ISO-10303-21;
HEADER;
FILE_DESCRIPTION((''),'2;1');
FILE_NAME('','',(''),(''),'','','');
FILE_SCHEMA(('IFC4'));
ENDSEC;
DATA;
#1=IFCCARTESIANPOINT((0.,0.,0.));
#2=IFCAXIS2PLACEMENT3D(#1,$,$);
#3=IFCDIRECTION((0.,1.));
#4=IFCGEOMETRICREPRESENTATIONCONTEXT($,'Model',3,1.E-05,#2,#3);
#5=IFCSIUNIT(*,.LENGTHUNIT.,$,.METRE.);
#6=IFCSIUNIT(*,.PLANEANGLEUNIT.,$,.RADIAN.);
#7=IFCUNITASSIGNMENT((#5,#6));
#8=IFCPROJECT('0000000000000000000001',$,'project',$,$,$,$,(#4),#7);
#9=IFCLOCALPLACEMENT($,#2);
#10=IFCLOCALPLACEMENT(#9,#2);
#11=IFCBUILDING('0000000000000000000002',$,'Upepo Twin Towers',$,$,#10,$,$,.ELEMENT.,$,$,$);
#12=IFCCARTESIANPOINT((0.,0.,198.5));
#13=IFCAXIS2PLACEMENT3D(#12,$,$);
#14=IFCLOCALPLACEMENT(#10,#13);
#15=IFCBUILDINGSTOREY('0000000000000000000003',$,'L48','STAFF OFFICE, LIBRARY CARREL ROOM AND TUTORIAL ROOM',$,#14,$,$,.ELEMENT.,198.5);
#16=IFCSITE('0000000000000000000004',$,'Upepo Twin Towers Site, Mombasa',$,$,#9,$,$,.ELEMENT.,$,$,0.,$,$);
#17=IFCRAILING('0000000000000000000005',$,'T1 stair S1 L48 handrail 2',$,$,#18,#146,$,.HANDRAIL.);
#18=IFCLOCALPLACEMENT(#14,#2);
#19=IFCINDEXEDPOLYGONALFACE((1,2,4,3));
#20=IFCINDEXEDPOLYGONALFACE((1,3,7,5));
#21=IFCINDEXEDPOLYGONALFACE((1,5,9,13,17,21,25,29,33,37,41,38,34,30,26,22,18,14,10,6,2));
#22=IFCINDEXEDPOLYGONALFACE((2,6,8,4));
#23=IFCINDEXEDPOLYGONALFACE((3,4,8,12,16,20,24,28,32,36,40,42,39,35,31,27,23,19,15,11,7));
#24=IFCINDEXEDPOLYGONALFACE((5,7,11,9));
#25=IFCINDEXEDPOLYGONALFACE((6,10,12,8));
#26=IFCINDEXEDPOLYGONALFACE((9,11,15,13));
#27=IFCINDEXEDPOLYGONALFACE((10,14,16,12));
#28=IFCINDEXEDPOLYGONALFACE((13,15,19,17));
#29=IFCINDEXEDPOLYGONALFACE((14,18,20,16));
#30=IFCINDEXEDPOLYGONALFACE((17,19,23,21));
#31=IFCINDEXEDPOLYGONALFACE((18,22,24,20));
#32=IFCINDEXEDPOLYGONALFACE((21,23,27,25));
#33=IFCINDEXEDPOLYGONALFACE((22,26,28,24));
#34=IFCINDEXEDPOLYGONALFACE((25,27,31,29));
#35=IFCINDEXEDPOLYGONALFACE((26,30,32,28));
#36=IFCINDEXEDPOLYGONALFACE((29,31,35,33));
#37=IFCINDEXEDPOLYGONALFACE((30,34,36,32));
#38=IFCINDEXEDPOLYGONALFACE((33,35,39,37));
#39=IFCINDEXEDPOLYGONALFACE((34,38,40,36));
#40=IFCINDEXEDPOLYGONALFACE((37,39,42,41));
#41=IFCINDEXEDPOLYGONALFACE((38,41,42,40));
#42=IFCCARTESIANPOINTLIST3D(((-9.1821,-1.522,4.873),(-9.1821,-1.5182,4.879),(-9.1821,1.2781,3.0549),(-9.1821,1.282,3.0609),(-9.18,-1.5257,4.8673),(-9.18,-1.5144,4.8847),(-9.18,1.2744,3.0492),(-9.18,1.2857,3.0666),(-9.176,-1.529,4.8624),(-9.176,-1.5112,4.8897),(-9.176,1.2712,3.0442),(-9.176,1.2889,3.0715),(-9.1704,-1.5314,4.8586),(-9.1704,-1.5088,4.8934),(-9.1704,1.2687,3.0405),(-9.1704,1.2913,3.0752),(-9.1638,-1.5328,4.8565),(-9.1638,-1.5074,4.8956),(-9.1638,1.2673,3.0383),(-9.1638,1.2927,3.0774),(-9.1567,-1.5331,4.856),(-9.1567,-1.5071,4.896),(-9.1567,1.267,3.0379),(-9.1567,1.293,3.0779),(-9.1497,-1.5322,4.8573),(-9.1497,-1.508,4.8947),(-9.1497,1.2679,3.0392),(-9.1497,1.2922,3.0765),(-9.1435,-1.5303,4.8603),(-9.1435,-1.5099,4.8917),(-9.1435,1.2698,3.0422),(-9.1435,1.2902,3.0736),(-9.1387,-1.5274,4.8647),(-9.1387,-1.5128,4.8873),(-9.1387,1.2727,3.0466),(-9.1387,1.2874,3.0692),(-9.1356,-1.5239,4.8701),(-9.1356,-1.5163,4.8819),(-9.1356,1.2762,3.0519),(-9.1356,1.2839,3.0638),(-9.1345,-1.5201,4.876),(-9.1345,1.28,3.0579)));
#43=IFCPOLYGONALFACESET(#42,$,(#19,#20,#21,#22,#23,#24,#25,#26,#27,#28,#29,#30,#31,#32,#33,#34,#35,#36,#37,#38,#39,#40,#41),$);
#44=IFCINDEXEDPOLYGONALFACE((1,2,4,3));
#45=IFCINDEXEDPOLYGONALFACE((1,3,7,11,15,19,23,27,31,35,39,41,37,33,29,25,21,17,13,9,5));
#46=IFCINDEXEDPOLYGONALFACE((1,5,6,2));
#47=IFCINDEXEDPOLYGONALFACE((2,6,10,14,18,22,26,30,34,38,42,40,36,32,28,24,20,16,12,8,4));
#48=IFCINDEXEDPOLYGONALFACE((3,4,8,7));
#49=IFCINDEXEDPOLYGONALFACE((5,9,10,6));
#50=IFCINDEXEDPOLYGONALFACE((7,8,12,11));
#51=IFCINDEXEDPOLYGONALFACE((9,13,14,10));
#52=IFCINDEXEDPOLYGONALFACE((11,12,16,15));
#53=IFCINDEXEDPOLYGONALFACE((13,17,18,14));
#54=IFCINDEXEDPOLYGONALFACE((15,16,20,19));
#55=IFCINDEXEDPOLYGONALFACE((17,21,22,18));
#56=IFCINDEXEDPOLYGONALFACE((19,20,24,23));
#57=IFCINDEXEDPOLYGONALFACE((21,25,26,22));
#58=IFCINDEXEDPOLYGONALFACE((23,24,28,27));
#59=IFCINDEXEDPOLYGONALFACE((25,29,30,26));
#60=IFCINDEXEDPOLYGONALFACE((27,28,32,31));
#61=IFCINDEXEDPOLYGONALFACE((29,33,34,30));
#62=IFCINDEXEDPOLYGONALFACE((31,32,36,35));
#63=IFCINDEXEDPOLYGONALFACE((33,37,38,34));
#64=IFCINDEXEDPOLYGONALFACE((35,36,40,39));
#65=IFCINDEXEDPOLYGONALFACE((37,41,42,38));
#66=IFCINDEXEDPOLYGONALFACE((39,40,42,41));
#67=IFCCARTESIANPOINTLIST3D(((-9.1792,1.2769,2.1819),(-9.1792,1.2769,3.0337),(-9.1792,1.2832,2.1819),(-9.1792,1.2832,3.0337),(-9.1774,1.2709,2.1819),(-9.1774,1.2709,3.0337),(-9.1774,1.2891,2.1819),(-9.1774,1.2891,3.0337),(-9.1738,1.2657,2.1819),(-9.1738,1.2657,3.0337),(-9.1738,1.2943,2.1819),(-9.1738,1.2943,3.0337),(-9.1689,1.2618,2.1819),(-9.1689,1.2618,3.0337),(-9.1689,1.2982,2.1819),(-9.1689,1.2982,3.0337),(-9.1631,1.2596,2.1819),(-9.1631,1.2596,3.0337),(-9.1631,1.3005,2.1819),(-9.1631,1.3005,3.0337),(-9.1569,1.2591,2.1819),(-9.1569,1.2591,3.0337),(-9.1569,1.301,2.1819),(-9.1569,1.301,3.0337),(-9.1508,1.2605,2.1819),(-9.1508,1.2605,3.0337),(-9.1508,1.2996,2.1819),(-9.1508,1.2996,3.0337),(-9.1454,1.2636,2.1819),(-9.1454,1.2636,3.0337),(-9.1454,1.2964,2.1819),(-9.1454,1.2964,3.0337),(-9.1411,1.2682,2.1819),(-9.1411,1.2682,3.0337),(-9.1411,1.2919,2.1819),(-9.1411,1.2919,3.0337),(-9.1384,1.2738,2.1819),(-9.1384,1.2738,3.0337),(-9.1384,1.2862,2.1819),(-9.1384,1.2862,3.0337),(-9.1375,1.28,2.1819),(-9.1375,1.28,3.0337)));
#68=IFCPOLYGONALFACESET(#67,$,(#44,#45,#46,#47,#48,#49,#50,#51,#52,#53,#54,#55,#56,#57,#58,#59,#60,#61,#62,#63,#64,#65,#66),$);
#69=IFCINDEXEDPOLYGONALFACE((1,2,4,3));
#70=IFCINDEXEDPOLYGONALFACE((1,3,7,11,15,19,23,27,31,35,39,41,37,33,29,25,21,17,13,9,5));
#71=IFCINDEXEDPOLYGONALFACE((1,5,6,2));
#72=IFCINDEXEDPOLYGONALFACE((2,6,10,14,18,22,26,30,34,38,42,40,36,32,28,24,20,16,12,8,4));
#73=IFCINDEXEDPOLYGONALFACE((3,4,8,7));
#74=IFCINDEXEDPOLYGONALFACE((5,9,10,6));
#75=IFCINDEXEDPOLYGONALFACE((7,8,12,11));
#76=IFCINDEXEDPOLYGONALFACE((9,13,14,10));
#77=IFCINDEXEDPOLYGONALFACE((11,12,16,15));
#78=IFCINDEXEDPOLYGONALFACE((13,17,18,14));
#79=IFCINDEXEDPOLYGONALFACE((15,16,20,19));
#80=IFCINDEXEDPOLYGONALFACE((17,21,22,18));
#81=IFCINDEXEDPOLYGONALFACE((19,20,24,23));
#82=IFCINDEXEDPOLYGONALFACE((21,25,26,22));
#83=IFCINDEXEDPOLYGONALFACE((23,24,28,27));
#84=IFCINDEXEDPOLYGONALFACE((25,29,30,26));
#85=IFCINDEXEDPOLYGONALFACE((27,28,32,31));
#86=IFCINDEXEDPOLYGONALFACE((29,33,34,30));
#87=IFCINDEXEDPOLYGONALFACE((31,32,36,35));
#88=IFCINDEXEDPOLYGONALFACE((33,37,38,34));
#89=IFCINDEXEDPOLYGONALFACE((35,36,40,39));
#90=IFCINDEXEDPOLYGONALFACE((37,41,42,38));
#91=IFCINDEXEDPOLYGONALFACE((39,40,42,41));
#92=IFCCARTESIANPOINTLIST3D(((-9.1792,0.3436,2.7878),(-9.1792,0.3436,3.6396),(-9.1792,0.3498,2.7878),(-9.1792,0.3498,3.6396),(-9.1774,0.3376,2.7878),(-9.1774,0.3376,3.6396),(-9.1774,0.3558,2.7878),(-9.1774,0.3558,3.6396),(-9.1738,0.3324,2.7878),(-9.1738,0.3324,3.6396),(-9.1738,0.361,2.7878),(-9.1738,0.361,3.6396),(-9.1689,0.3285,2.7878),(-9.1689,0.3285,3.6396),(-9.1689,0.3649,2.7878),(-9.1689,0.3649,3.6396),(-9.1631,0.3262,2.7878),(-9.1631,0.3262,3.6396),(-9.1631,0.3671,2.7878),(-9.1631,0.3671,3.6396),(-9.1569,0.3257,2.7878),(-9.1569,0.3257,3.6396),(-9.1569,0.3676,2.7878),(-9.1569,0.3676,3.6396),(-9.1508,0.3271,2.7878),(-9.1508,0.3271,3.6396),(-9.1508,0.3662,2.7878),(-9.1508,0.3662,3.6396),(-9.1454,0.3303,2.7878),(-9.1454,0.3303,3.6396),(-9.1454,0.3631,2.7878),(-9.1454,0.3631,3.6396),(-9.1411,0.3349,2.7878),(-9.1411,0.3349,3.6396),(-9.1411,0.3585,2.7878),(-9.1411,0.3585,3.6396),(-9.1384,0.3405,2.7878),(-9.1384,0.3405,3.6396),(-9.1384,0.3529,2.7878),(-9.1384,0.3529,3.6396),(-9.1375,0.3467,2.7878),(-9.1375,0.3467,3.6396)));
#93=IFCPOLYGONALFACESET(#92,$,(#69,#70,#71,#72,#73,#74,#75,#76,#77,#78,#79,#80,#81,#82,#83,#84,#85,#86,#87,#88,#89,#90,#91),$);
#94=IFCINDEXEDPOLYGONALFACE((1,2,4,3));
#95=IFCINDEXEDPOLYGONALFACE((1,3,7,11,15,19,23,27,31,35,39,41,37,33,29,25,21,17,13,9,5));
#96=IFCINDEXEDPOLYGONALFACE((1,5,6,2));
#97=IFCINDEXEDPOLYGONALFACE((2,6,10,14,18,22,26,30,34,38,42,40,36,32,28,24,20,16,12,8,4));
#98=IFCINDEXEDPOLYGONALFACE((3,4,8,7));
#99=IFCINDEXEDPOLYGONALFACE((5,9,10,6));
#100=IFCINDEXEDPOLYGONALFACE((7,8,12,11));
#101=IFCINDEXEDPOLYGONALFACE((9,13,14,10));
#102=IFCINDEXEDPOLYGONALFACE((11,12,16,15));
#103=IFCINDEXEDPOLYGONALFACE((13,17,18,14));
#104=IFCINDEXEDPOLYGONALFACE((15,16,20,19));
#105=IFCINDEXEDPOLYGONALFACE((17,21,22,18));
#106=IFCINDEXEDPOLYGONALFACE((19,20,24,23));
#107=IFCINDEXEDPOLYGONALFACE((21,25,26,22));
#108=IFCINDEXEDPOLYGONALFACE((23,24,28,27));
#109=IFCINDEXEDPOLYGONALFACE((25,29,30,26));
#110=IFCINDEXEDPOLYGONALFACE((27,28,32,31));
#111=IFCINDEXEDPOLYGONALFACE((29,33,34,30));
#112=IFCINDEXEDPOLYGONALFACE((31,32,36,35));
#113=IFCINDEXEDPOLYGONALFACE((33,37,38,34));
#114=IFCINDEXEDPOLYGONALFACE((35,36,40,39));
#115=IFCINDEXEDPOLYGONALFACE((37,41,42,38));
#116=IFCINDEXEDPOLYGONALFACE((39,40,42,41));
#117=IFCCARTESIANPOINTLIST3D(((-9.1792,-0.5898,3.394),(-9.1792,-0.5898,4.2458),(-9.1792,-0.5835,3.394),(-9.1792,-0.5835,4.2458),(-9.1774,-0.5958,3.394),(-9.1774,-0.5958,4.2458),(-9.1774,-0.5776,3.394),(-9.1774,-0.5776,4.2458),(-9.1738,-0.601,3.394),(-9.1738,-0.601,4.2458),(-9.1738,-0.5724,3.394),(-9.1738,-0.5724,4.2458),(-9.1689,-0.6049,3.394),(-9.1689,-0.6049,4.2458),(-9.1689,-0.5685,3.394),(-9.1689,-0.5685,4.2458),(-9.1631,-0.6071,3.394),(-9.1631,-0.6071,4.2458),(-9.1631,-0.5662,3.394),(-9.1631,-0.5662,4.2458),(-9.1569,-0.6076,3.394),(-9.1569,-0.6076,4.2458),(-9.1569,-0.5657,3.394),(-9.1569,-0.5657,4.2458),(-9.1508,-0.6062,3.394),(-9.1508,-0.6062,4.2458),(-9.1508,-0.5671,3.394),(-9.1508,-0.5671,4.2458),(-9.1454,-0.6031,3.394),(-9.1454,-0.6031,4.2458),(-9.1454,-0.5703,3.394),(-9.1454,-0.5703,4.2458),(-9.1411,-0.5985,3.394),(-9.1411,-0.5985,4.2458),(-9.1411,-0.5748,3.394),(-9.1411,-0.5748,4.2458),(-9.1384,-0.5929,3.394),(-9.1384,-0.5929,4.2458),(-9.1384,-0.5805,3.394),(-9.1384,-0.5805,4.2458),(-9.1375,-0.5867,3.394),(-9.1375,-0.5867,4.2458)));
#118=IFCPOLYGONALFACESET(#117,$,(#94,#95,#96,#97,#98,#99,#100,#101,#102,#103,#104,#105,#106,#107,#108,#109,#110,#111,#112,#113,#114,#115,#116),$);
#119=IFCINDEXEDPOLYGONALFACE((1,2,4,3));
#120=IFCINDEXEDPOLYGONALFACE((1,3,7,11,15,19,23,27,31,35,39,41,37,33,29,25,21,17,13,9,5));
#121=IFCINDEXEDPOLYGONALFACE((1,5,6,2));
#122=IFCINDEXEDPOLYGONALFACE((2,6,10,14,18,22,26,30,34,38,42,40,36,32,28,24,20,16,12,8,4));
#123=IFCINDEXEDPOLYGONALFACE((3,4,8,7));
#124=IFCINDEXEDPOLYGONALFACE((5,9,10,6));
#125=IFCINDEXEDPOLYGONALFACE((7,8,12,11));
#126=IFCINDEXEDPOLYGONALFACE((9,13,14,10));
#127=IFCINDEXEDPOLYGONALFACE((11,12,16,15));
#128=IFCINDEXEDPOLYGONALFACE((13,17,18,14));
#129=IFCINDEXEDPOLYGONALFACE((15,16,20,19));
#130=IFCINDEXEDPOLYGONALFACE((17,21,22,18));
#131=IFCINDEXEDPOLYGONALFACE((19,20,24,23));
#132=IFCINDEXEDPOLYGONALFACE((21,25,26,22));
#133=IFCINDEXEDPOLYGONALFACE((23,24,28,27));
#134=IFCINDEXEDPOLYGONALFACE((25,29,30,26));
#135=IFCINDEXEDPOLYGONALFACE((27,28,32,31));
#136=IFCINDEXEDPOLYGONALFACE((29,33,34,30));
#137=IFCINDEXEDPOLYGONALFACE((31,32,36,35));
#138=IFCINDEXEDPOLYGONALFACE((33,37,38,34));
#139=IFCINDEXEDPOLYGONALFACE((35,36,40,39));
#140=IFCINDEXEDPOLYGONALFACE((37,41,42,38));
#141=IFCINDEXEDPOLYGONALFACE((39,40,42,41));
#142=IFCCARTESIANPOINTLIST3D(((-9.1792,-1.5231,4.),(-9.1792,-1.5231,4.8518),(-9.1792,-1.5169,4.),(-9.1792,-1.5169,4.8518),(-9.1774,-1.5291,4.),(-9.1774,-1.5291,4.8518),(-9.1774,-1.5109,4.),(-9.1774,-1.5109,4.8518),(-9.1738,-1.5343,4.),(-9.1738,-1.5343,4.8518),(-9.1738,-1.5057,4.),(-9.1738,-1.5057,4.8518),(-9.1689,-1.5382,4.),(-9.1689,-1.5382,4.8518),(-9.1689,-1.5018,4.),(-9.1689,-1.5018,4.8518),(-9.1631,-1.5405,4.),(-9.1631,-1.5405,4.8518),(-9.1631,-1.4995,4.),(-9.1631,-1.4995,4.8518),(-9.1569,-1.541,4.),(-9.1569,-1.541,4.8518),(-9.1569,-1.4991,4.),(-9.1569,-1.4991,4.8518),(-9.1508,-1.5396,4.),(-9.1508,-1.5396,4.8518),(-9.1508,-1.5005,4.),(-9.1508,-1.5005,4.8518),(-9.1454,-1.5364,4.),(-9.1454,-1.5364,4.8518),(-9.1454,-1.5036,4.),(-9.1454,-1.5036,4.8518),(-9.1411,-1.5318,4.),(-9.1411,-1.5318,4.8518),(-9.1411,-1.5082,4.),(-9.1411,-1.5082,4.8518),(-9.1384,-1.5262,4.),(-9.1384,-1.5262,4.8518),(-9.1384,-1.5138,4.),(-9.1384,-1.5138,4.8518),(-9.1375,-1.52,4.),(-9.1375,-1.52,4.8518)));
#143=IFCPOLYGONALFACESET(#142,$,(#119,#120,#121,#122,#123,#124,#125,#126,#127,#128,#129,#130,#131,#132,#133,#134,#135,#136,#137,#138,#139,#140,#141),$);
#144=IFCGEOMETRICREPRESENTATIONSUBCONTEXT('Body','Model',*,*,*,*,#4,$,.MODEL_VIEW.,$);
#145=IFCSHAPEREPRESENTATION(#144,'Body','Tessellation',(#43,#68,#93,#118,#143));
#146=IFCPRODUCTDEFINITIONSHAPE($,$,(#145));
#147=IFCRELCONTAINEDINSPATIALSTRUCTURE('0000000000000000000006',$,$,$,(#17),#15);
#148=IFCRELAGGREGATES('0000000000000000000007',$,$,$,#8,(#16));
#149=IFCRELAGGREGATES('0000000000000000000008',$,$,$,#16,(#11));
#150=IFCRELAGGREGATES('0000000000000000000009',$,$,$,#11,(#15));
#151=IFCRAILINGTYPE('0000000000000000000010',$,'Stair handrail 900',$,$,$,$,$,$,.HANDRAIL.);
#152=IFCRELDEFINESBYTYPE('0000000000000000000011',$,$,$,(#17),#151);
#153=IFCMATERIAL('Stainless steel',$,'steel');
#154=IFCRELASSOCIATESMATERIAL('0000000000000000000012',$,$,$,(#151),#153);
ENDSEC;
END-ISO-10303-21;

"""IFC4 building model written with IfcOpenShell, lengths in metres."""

from ifc_helpers import new_model, si_unit, direction, frame, origin, origin_2d, place, context, subcontext, project, spatial, circle, extrude, material, type_object, element, save


model = new_model("IFC4")

# Units and contexts
model_context = context("Model", 3, precision=1e-05, world=origin(), true_north=direction((0.0, 1.0)))
body_context = subcontext(model_context, "Body", "Model", "MODEL_VIEW")
ifc_project = project(units=[si_unit("LENGTHUNIT", "METRE"), si_unit("PLANEANGLEUNIT", "RADIAN")], contexts=[model_context])

# Site, building, storey
site_placement = place(None, origin())
site = spatial("IfcSite", under=ifc_project, at=site_placement, Name="Upepo Twin Towers Site, Mombasa", CompositionType="ELEMENT", RefElevation=0.0)
building_placement = place(site_placement, origin())
building = spatial("IfcBuilding", under=site, at=building_placement, Name="Upepo Twin Towers", CompositionType="ELEMENT")
storey_placement = place(building_placement, frame((0.0, 0.0, 198.5)))
storey = spatial("IfcBuildingStorey", under=building, at=storey_placement, Name="L48", Description="STAFF OFFICE, LIBRARY CARREL ROOM AND TUTORIAL ROOM", CompositionType="ELEMENT", Elevation=198.5)

# Railing
ifc_material_1 = material(Name="Stainless steel", Category="steel")
railing_type = type_object("IfcRailingType", Name="Stair handrail 900", PredefinedType="HANDRAIL", material=ifc_material_1)
railing_1_placement = place(storey_placement, frame((-9.1584, 1.28, 2.1819)))
element("IfcRailing", 1, at=railing_1_placement, inside=storey, type_object=railing_type, Name="T1 stair S1 L48 handrail 2", PredefinedType="HANDRAIL", context=body_context, shape_type="SweptSolid", body=[
    extrude(circle(Radius=0.0239, at=origin_2d()), frame((0.0, 0.0, 0.876), z_axis=(0.0, -0.838706, 0.544585), x_axis=(1.0, 0.0, 0.0)), (0.0, 0.0, 1.0), 3.3386),
    extrude(circle(Radius=0.021, at=origin_2d()), origin(), (0.0, 0.0, 1.0), 0.8518),
    extrude(circle(Radius=0.021, at=origin_2d()), frame((0.0, -0.9333, 0.606)), (0.0, 0.0, 1.0), 0.8518),
    extrude(circle(Radius=0.021, at=origin_2d()), frame((0.0, -1.8667, 1.2122)), (0.0, 0.0, 1.0), 0.8518),
    extrude(circle(Radius=0.021, at=origin_2d()), frame((0.0, -2.8, 1.8181)), (0.0, 0.0, 1.0), 0.8518),
])

save(model, "model.ifc")
